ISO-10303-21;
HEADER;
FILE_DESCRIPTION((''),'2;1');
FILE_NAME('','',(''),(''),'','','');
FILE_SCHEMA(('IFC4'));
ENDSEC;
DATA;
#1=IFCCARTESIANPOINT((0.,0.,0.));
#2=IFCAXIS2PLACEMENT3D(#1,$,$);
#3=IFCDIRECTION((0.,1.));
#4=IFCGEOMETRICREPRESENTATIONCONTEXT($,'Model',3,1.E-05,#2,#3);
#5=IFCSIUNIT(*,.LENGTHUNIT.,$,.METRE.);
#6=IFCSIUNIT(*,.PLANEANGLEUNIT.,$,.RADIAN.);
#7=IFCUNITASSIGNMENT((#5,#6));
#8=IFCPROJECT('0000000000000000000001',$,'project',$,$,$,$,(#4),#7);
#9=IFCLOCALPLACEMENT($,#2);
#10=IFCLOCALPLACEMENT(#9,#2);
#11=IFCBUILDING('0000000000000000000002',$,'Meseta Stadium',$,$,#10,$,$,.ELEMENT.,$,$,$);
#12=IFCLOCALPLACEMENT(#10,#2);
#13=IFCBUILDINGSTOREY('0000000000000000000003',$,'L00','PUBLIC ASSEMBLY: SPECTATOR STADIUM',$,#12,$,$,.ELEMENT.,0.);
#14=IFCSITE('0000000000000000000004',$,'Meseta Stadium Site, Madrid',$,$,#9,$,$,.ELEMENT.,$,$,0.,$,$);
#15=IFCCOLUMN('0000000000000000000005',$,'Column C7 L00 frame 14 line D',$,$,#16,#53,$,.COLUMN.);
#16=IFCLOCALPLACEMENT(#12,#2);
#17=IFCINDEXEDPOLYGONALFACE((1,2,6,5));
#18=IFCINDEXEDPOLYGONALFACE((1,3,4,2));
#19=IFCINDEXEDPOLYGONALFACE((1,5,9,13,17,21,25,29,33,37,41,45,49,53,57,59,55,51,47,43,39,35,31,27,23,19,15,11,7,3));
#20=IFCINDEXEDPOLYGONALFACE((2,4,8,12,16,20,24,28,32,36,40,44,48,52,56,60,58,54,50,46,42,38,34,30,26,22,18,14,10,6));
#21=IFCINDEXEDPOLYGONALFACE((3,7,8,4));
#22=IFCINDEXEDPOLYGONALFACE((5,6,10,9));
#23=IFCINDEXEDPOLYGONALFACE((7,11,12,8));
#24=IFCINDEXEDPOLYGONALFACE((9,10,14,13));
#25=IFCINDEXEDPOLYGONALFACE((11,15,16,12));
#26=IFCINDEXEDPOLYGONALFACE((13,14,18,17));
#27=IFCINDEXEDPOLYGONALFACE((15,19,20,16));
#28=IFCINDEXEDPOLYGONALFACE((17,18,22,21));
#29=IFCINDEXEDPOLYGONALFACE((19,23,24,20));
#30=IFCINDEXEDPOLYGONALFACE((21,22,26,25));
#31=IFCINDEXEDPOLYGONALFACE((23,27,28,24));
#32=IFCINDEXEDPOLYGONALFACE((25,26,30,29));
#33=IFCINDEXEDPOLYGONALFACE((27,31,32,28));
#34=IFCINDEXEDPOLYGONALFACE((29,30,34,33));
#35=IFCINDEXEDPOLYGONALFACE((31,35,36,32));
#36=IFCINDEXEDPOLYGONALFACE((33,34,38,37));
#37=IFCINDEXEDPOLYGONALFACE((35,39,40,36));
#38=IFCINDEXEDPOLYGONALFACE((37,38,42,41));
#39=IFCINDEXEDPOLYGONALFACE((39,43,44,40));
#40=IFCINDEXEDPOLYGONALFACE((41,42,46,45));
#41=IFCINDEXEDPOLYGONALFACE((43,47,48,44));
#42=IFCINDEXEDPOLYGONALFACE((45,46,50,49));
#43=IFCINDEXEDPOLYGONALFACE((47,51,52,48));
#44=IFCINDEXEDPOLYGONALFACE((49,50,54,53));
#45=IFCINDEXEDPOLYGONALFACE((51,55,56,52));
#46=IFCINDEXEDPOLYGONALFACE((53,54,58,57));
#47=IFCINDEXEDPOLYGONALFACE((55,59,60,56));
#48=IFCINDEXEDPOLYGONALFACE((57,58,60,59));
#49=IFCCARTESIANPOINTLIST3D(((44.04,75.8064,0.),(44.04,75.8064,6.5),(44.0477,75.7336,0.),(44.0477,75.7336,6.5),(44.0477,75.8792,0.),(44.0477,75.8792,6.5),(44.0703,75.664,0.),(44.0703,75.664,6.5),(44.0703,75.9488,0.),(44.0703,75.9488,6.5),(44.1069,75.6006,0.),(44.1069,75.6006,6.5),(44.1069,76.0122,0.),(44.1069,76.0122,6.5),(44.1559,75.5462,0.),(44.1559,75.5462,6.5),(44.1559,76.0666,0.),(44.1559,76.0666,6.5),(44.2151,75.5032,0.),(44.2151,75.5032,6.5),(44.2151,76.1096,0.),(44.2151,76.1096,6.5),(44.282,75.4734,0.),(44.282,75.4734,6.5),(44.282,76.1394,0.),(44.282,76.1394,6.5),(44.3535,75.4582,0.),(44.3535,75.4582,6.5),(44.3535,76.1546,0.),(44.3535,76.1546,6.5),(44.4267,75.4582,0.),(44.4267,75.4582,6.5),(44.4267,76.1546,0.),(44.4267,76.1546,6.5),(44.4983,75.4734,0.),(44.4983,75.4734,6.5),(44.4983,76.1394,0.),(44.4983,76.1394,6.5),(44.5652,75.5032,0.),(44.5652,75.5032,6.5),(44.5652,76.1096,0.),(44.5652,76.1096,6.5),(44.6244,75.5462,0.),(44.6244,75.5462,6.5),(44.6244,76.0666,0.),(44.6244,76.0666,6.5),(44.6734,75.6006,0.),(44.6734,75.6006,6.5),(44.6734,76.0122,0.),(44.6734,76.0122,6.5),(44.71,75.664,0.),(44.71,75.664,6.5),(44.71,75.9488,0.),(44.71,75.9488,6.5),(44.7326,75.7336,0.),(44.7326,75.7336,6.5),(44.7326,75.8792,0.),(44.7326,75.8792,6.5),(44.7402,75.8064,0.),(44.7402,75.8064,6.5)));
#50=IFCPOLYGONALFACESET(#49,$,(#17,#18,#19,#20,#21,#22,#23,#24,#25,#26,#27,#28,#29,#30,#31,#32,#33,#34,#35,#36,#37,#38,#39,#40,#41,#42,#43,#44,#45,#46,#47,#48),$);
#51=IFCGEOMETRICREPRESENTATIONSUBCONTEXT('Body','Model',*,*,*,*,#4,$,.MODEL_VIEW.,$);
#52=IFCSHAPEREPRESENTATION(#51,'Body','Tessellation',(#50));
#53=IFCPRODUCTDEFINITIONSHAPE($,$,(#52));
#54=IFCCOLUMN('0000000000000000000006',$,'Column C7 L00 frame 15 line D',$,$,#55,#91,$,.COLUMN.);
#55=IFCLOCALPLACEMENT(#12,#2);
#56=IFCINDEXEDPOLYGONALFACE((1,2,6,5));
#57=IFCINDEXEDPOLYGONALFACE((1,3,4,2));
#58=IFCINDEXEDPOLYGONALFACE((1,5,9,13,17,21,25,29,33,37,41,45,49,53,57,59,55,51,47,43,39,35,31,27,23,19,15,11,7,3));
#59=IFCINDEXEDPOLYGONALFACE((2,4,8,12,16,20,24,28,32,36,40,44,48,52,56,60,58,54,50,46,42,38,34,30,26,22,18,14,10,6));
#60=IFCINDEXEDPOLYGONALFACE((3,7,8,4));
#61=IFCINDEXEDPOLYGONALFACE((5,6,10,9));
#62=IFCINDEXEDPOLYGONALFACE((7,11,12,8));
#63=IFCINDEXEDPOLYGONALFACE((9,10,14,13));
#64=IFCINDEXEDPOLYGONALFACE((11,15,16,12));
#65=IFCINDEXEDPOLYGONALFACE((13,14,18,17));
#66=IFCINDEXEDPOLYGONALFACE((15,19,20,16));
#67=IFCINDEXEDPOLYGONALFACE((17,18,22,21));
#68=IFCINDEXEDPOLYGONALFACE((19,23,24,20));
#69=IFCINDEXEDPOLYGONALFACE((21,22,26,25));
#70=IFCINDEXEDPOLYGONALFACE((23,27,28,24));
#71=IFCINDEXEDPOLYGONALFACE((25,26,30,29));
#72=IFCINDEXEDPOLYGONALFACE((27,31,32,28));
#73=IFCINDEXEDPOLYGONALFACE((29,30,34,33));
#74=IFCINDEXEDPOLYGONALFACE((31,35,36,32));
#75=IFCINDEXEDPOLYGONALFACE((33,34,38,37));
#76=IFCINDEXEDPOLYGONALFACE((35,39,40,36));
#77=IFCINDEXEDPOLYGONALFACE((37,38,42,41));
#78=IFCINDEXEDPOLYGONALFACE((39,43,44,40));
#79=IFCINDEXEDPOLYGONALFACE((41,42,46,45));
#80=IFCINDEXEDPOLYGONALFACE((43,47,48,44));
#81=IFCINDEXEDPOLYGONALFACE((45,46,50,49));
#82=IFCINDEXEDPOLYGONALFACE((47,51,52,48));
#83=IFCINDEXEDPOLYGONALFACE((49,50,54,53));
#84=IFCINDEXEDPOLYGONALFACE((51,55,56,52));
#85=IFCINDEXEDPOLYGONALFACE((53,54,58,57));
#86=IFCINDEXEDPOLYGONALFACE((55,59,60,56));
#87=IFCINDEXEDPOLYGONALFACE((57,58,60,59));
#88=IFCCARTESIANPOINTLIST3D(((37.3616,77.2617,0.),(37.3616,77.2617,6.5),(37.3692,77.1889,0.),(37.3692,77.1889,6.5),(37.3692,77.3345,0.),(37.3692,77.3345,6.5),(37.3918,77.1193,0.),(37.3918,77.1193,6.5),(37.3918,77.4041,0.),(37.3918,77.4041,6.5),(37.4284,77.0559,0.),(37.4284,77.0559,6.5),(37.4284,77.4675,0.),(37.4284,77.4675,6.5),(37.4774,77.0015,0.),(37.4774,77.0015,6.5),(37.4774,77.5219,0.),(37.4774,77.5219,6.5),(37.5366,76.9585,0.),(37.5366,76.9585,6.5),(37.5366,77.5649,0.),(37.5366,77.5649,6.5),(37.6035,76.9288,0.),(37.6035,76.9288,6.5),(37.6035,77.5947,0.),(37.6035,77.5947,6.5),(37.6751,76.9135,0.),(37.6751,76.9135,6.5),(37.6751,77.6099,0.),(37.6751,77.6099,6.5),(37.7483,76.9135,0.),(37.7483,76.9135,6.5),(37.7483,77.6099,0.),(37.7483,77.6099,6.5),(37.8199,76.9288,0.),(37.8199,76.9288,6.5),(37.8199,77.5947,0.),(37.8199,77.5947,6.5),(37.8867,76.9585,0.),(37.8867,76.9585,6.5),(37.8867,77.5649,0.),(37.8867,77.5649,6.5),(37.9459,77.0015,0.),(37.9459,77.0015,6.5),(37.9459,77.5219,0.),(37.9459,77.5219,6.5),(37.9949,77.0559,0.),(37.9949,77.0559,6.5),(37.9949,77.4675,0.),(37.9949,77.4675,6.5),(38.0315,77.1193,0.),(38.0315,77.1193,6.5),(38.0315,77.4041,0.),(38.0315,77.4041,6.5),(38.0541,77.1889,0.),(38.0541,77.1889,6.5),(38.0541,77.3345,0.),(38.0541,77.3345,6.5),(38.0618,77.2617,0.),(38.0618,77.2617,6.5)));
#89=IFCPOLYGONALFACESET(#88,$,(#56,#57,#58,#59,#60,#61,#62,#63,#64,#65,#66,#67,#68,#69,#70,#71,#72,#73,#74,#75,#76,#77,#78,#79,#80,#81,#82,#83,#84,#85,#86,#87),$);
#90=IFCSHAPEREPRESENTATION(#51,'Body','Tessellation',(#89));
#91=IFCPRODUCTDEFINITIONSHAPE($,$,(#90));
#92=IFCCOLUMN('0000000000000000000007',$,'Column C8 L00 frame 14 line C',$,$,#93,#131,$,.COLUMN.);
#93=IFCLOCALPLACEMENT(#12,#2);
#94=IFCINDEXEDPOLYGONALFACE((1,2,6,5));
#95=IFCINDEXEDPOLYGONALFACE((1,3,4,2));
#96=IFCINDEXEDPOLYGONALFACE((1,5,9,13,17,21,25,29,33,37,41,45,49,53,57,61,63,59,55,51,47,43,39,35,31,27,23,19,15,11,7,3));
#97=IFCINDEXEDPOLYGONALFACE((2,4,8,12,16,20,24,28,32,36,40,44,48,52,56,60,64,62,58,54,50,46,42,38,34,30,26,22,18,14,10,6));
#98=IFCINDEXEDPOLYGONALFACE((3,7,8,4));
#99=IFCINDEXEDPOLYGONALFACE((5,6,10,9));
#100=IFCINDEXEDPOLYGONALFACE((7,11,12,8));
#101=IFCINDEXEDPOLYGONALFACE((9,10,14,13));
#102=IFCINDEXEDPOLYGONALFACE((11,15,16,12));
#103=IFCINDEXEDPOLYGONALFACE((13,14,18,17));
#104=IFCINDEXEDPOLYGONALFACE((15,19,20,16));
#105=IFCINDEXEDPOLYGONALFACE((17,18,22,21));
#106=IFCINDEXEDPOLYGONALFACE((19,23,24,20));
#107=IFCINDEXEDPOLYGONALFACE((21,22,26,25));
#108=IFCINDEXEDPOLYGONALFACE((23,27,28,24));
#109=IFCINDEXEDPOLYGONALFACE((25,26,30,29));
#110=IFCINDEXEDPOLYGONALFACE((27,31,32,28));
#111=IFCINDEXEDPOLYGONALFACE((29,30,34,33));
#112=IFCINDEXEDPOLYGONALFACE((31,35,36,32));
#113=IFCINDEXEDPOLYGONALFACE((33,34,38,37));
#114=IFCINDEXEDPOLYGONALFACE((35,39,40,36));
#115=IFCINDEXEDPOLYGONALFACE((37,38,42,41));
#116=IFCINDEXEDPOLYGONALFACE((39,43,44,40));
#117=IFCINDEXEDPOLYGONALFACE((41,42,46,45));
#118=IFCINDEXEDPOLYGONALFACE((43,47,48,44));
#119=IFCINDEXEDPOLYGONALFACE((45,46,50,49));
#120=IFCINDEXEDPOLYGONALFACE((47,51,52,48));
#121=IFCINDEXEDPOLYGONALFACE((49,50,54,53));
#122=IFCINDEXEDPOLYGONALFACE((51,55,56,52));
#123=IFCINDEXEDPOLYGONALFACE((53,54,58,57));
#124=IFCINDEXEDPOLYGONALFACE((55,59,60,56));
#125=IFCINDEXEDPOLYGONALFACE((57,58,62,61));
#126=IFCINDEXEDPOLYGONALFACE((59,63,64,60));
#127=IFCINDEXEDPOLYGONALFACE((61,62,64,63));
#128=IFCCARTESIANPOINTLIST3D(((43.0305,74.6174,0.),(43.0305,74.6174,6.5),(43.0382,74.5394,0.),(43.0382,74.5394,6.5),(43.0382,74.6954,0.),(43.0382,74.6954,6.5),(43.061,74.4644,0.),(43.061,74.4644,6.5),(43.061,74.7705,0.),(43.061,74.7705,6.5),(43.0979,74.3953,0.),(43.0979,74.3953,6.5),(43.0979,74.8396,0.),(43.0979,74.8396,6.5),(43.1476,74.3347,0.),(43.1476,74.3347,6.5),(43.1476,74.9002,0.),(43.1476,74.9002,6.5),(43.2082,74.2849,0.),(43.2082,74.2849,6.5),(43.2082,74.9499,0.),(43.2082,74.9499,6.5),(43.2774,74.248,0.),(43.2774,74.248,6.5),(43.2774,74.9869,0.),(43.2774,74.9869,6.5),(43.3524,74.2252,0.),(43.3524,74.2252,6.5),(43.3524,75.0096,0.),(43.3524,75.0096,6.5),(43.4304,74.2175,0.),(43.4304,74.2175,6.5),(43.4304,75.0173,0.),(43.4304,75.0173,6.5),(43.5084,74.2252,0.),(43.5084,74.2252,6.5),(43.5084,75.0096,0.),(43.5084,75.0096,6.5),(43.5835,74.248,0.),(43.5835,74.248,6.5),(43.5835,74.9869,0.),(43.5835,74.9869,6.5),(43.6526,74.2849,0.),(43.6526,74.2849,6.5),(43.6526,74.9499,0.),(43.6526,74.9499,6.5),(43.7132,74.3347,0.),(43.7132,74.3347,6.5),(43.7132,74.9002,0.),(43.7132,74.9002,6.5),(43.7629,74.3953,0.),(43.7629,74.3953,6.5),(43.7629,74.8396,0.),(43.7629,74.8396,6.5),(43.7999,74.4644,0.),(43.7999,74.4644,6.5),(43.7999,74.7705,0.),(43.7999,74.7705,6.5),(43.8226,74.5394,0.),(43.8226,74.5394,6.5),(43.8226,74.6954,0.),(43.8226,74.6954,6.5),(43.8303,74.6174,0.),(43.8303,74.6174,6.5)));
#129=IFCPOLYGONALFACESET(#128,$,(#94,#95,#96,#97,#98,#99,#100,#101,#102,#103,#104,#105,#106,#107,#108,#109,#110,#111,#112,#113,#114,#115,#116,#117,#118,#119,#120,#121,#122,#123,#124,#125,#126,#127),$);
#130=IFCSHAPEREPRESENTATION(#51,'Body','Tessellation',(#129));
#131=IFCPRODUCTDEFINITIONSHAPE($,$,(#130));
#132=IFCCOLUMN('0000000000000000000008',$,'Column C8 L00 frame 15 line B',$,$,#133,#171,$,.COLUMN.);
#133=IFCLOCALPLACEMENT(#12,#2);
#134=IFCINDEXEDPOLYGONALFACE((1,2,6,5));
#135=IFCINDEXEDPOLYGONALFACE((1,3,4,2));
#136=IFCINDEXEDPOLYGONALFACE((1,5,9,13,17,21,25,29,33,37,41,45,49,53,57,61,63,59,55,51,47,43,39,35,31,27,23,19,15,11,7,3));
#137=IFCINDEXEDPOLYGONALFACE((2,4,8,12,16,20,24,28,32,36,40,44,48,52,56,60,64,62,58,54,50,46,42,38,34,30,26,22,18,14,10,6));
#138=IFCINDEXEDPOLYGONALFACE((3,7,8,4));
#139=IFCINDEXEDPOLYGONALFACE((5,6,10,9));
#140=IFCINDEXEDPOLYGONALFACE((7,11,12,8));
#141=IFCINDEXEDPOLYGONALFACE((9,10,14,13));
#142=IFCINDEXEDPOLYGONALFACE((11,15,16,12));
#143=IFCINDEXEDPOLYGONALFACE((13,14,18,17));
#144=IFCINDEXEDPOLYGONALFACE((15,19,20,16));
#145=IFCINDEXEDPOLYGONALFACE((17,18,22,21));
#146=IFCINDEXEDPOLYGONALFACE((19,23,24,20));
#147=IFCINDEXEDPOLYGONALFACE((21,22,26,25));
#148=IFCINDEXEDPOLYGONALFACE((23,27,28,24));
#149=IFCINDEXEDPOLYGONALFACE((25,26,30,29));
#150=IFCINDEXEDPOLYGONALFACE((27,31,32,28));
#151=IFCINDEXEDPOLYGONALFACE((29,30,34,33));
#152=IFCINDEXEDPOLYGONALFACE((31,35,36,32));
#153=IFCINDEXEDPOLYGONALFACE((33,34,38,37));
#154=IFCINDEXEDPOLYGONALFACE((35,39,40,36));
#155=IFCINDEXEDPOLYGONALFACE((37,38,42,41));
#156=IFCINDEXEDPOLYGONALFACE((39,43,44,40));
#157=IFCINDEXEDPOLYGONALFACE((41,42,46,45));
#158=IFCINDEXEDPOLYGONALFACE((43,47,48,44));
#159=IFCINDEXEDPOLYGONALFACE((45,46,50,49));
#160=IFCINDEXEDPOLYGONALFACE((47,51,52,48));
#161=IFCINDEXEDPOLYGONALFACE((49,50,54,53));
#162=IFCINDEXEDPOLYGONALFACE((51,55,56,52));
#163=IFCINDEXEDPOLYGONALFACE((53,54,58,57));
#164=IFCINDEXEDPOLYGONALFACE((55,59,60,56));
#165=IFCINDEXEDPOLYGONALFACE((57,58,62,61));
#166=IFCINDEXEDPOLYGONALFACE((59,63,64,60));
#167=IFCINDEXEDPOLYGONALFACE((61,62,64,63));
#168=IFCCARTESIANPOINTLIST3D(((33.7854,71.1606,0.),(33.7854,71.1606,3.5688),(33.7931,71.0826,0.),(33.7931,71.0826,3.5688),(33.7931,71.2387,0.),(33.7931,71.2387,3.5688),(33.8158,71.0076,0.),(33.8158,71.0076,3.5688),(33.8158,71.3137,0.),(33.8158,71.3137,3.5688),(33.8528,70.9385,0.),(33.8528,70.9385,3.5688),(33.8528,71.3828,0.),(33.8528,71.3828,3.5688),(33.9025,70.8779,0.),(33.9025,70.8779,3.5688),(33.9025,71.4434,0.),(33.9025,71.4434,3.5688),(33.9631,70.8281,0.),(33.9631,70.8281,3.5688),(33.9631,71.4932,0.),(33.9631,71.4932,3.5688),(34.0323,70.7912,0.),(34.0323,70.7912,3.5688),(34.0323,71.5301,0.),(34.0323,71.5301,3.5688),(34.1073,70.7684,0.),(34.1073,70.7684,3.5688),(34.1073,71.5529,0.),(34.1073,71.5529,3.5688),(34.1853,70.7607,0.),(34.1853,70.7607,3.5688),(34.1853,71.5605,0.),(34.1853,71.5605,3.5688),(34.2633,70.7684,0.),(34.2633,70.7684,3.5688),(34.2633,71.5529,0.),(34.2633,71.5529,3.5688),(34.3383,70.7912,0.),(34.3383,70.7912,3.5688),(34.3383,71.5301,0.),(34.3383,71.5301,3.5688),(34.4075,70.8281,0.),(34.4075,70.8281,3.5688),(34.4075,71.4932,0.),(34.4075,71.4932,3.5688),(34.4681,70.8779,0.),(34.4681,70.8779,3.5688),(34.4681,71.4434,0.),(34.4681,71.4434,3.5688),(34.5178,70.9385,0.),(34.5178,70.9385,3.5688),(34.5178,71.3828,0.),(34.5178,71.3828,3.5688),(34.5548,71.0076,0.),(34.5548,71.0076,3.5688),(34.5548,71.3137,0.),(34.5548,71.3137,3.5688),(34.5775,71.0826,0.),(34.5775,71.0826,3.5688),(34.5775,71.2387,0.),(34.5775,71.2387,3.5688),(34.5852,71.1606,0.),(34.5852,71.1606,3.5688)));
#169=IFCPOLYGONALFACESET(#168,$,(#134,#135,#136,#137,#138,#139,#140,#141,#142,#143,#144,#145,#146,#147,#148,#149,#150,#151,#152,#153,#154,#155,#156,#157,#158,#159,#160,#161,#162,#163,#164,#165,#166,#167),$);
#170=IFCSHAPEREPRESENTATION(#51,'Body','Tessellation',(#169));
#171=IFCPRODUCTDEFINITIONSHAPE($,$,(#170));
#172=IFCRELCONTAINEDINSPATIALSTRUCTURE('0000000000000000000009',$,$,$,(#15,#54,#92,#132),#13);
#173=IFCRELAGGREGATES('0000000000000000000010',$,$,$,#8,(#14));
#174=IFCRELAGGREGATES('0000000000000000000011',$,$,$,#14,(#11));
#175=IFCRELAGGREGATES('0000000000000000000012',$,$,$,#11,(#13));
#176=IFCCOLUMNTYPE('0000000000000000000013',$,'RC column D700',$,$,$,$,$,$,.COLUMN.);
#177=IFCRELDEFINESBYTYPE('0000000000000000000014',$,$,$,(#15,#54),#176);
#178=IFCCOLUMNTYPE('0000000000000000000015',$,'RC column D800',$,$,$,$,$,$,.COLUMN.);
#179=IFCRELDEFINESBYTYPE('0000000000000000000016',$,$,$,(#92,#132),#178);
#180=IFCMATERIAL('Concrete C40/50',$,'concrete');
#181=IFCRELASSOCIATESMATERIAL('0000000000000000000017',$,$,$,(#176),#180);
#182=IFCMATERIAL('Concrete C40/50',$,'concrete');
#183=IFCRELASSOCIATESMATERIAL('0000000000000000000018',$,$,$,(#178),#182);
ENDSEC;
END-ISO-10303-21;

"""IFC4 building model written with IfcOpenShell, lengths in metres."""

from ifc_helpers import new_model, si_unit, direction, frame, origin, origin_2d, place, context, subcontext, project, spatial, circle, extrude, material, material_profile, profile_set, type_object, element, save


model = new_model("IFC4")

# Units and contexts
model_context = context("Model", 3, precision=1e-05, world=origin(), true_north=direction((0.0, 1.0)))
body_context = subcontext(model_context, "Body", "Model", "MODEL_VIEW")
ifc_project = project(units=[si_unit("LENGTHUNIT", "METRE"), si_unit("PLANEANGLEUNIT", "RADIAN")], contexts=[model_context])

# Site, building, storey
site_placement = place(None, origin())
site = spatial("IfcSite", under=ifc_project, at=site_placement, Name="Meseta Stadium Site, Madrid", CompositionType="ELEMENT", RefElevation=0.0)
building_placement = place(site_placement, origin())
building = spatial("IfcBuilding", under=site, at=building_placement, Name="Meseta Stadium", CompositionType="ELEMENT")
storey_placement = place(building_placement, origin())
storey = spatial("IfcBuildingStorey", under=building, at=storey_placement, Name="L00", Description="PUBLIC ASSEMBLY: SPECTATOR STADIUM", CompositionType="ELEMENT", Elevation=0.0)

# Columns
ifc_material_1 = material(Name="Concrete C40/50", Category="concrete")
ifc_material_profile_1 = material_profile(ifc_material_1, circle(Radius=0.3501, at=origin_2d()), Name="RC D700")
ifc_profile_set_1 = profile_set([ifc_material_profile_1], Name="Concrete C40/50")
column_type_1 = type_object("IfcColumnType", Name="RC column D700", PredefinedType="COLUMN", material=ifc_profile_set_1)
for number, where, z_axis, x_axis, name in (
    (1, (44.3901, 75.8064, 0.0), (0.0, 0.0, 1.0), (1.0, 0.0, 0.0), "Column C7 L00 frame 14 line D"),
    (2, (37.7117, 77.2617, 0.0), (0.0, 0.0, 1.0), (1.0, 0.0, 0.0), "Column C7 L00 frame 15 line D"),
):
    element("IfcColumn", number, at=place(storey_placement, frame(where, z_axis=z_axis, x_axis=x_axis)), inside=storey, type_object=column_type_1, Name=name, PredefinedType="COLUMN", context=body_context, shape_type="SweptSolid", body=[
        extrude(circle(Radius=0.3501, at=origin_2d()), origin(), (0.0, 0.0, 1.0), 6.5),
    ])
ifc_material_2 = material(Name="Concrete C40/50", Category="concrete")
ifc_material_profile_2 = material_profile(ifc_material_2, circle(Radius=0.3999, at=origin_2d()), Name="RC D800")
ifc_profile_set_2 = profile_set([ifc_material_profile_2], Name="Concrete C40/50")
column_type_2 = type_object("IfcColumnType", Name="RC column D800", PredefinedType="COLUMN", material=ifc_profile_set_2)
column_1_placement = place(storey_placement, frame((43.4304, 74.6174, 0.0), z_axis=(0.0, 0.0, 1.0), x_axis=(1.0, 0.0, 0.0)))
element("IfcColumn", 3, at=column_1_placement, inside=storey, type_object=column_type_2, Name="Column C8 L00 frame 14 line C", PredefinedType="COLUMN", context=body_context, shape_type="SweptSolid", body=[
    extrude(circle(Radius=0.3999, at=origin_2d()), origin(), (0.0, 0.0, 1.0), 6.5),
])
column_2_placement = place(storey_placement, frame((34.1853, 71.1606, 0.0), z_axis=(0.0, 0.0, 1.0), x_axis=(1.0, 0.0, 0.0)))
element("IfcColumn", 4, at=column_2_placement, inside=storey, type_object=column_type_2, Name="Column C8 L00 frame 15 line B", PredefinedType="COLUMN", context=body_context, shape_type="SweptSolid", body=[
    extrude(circle(Radius=0.3999, at=origin_2d()), origin(), (0.0, 0.0, 1.0), 3.5688),
])

save(model, "model.ifc")
